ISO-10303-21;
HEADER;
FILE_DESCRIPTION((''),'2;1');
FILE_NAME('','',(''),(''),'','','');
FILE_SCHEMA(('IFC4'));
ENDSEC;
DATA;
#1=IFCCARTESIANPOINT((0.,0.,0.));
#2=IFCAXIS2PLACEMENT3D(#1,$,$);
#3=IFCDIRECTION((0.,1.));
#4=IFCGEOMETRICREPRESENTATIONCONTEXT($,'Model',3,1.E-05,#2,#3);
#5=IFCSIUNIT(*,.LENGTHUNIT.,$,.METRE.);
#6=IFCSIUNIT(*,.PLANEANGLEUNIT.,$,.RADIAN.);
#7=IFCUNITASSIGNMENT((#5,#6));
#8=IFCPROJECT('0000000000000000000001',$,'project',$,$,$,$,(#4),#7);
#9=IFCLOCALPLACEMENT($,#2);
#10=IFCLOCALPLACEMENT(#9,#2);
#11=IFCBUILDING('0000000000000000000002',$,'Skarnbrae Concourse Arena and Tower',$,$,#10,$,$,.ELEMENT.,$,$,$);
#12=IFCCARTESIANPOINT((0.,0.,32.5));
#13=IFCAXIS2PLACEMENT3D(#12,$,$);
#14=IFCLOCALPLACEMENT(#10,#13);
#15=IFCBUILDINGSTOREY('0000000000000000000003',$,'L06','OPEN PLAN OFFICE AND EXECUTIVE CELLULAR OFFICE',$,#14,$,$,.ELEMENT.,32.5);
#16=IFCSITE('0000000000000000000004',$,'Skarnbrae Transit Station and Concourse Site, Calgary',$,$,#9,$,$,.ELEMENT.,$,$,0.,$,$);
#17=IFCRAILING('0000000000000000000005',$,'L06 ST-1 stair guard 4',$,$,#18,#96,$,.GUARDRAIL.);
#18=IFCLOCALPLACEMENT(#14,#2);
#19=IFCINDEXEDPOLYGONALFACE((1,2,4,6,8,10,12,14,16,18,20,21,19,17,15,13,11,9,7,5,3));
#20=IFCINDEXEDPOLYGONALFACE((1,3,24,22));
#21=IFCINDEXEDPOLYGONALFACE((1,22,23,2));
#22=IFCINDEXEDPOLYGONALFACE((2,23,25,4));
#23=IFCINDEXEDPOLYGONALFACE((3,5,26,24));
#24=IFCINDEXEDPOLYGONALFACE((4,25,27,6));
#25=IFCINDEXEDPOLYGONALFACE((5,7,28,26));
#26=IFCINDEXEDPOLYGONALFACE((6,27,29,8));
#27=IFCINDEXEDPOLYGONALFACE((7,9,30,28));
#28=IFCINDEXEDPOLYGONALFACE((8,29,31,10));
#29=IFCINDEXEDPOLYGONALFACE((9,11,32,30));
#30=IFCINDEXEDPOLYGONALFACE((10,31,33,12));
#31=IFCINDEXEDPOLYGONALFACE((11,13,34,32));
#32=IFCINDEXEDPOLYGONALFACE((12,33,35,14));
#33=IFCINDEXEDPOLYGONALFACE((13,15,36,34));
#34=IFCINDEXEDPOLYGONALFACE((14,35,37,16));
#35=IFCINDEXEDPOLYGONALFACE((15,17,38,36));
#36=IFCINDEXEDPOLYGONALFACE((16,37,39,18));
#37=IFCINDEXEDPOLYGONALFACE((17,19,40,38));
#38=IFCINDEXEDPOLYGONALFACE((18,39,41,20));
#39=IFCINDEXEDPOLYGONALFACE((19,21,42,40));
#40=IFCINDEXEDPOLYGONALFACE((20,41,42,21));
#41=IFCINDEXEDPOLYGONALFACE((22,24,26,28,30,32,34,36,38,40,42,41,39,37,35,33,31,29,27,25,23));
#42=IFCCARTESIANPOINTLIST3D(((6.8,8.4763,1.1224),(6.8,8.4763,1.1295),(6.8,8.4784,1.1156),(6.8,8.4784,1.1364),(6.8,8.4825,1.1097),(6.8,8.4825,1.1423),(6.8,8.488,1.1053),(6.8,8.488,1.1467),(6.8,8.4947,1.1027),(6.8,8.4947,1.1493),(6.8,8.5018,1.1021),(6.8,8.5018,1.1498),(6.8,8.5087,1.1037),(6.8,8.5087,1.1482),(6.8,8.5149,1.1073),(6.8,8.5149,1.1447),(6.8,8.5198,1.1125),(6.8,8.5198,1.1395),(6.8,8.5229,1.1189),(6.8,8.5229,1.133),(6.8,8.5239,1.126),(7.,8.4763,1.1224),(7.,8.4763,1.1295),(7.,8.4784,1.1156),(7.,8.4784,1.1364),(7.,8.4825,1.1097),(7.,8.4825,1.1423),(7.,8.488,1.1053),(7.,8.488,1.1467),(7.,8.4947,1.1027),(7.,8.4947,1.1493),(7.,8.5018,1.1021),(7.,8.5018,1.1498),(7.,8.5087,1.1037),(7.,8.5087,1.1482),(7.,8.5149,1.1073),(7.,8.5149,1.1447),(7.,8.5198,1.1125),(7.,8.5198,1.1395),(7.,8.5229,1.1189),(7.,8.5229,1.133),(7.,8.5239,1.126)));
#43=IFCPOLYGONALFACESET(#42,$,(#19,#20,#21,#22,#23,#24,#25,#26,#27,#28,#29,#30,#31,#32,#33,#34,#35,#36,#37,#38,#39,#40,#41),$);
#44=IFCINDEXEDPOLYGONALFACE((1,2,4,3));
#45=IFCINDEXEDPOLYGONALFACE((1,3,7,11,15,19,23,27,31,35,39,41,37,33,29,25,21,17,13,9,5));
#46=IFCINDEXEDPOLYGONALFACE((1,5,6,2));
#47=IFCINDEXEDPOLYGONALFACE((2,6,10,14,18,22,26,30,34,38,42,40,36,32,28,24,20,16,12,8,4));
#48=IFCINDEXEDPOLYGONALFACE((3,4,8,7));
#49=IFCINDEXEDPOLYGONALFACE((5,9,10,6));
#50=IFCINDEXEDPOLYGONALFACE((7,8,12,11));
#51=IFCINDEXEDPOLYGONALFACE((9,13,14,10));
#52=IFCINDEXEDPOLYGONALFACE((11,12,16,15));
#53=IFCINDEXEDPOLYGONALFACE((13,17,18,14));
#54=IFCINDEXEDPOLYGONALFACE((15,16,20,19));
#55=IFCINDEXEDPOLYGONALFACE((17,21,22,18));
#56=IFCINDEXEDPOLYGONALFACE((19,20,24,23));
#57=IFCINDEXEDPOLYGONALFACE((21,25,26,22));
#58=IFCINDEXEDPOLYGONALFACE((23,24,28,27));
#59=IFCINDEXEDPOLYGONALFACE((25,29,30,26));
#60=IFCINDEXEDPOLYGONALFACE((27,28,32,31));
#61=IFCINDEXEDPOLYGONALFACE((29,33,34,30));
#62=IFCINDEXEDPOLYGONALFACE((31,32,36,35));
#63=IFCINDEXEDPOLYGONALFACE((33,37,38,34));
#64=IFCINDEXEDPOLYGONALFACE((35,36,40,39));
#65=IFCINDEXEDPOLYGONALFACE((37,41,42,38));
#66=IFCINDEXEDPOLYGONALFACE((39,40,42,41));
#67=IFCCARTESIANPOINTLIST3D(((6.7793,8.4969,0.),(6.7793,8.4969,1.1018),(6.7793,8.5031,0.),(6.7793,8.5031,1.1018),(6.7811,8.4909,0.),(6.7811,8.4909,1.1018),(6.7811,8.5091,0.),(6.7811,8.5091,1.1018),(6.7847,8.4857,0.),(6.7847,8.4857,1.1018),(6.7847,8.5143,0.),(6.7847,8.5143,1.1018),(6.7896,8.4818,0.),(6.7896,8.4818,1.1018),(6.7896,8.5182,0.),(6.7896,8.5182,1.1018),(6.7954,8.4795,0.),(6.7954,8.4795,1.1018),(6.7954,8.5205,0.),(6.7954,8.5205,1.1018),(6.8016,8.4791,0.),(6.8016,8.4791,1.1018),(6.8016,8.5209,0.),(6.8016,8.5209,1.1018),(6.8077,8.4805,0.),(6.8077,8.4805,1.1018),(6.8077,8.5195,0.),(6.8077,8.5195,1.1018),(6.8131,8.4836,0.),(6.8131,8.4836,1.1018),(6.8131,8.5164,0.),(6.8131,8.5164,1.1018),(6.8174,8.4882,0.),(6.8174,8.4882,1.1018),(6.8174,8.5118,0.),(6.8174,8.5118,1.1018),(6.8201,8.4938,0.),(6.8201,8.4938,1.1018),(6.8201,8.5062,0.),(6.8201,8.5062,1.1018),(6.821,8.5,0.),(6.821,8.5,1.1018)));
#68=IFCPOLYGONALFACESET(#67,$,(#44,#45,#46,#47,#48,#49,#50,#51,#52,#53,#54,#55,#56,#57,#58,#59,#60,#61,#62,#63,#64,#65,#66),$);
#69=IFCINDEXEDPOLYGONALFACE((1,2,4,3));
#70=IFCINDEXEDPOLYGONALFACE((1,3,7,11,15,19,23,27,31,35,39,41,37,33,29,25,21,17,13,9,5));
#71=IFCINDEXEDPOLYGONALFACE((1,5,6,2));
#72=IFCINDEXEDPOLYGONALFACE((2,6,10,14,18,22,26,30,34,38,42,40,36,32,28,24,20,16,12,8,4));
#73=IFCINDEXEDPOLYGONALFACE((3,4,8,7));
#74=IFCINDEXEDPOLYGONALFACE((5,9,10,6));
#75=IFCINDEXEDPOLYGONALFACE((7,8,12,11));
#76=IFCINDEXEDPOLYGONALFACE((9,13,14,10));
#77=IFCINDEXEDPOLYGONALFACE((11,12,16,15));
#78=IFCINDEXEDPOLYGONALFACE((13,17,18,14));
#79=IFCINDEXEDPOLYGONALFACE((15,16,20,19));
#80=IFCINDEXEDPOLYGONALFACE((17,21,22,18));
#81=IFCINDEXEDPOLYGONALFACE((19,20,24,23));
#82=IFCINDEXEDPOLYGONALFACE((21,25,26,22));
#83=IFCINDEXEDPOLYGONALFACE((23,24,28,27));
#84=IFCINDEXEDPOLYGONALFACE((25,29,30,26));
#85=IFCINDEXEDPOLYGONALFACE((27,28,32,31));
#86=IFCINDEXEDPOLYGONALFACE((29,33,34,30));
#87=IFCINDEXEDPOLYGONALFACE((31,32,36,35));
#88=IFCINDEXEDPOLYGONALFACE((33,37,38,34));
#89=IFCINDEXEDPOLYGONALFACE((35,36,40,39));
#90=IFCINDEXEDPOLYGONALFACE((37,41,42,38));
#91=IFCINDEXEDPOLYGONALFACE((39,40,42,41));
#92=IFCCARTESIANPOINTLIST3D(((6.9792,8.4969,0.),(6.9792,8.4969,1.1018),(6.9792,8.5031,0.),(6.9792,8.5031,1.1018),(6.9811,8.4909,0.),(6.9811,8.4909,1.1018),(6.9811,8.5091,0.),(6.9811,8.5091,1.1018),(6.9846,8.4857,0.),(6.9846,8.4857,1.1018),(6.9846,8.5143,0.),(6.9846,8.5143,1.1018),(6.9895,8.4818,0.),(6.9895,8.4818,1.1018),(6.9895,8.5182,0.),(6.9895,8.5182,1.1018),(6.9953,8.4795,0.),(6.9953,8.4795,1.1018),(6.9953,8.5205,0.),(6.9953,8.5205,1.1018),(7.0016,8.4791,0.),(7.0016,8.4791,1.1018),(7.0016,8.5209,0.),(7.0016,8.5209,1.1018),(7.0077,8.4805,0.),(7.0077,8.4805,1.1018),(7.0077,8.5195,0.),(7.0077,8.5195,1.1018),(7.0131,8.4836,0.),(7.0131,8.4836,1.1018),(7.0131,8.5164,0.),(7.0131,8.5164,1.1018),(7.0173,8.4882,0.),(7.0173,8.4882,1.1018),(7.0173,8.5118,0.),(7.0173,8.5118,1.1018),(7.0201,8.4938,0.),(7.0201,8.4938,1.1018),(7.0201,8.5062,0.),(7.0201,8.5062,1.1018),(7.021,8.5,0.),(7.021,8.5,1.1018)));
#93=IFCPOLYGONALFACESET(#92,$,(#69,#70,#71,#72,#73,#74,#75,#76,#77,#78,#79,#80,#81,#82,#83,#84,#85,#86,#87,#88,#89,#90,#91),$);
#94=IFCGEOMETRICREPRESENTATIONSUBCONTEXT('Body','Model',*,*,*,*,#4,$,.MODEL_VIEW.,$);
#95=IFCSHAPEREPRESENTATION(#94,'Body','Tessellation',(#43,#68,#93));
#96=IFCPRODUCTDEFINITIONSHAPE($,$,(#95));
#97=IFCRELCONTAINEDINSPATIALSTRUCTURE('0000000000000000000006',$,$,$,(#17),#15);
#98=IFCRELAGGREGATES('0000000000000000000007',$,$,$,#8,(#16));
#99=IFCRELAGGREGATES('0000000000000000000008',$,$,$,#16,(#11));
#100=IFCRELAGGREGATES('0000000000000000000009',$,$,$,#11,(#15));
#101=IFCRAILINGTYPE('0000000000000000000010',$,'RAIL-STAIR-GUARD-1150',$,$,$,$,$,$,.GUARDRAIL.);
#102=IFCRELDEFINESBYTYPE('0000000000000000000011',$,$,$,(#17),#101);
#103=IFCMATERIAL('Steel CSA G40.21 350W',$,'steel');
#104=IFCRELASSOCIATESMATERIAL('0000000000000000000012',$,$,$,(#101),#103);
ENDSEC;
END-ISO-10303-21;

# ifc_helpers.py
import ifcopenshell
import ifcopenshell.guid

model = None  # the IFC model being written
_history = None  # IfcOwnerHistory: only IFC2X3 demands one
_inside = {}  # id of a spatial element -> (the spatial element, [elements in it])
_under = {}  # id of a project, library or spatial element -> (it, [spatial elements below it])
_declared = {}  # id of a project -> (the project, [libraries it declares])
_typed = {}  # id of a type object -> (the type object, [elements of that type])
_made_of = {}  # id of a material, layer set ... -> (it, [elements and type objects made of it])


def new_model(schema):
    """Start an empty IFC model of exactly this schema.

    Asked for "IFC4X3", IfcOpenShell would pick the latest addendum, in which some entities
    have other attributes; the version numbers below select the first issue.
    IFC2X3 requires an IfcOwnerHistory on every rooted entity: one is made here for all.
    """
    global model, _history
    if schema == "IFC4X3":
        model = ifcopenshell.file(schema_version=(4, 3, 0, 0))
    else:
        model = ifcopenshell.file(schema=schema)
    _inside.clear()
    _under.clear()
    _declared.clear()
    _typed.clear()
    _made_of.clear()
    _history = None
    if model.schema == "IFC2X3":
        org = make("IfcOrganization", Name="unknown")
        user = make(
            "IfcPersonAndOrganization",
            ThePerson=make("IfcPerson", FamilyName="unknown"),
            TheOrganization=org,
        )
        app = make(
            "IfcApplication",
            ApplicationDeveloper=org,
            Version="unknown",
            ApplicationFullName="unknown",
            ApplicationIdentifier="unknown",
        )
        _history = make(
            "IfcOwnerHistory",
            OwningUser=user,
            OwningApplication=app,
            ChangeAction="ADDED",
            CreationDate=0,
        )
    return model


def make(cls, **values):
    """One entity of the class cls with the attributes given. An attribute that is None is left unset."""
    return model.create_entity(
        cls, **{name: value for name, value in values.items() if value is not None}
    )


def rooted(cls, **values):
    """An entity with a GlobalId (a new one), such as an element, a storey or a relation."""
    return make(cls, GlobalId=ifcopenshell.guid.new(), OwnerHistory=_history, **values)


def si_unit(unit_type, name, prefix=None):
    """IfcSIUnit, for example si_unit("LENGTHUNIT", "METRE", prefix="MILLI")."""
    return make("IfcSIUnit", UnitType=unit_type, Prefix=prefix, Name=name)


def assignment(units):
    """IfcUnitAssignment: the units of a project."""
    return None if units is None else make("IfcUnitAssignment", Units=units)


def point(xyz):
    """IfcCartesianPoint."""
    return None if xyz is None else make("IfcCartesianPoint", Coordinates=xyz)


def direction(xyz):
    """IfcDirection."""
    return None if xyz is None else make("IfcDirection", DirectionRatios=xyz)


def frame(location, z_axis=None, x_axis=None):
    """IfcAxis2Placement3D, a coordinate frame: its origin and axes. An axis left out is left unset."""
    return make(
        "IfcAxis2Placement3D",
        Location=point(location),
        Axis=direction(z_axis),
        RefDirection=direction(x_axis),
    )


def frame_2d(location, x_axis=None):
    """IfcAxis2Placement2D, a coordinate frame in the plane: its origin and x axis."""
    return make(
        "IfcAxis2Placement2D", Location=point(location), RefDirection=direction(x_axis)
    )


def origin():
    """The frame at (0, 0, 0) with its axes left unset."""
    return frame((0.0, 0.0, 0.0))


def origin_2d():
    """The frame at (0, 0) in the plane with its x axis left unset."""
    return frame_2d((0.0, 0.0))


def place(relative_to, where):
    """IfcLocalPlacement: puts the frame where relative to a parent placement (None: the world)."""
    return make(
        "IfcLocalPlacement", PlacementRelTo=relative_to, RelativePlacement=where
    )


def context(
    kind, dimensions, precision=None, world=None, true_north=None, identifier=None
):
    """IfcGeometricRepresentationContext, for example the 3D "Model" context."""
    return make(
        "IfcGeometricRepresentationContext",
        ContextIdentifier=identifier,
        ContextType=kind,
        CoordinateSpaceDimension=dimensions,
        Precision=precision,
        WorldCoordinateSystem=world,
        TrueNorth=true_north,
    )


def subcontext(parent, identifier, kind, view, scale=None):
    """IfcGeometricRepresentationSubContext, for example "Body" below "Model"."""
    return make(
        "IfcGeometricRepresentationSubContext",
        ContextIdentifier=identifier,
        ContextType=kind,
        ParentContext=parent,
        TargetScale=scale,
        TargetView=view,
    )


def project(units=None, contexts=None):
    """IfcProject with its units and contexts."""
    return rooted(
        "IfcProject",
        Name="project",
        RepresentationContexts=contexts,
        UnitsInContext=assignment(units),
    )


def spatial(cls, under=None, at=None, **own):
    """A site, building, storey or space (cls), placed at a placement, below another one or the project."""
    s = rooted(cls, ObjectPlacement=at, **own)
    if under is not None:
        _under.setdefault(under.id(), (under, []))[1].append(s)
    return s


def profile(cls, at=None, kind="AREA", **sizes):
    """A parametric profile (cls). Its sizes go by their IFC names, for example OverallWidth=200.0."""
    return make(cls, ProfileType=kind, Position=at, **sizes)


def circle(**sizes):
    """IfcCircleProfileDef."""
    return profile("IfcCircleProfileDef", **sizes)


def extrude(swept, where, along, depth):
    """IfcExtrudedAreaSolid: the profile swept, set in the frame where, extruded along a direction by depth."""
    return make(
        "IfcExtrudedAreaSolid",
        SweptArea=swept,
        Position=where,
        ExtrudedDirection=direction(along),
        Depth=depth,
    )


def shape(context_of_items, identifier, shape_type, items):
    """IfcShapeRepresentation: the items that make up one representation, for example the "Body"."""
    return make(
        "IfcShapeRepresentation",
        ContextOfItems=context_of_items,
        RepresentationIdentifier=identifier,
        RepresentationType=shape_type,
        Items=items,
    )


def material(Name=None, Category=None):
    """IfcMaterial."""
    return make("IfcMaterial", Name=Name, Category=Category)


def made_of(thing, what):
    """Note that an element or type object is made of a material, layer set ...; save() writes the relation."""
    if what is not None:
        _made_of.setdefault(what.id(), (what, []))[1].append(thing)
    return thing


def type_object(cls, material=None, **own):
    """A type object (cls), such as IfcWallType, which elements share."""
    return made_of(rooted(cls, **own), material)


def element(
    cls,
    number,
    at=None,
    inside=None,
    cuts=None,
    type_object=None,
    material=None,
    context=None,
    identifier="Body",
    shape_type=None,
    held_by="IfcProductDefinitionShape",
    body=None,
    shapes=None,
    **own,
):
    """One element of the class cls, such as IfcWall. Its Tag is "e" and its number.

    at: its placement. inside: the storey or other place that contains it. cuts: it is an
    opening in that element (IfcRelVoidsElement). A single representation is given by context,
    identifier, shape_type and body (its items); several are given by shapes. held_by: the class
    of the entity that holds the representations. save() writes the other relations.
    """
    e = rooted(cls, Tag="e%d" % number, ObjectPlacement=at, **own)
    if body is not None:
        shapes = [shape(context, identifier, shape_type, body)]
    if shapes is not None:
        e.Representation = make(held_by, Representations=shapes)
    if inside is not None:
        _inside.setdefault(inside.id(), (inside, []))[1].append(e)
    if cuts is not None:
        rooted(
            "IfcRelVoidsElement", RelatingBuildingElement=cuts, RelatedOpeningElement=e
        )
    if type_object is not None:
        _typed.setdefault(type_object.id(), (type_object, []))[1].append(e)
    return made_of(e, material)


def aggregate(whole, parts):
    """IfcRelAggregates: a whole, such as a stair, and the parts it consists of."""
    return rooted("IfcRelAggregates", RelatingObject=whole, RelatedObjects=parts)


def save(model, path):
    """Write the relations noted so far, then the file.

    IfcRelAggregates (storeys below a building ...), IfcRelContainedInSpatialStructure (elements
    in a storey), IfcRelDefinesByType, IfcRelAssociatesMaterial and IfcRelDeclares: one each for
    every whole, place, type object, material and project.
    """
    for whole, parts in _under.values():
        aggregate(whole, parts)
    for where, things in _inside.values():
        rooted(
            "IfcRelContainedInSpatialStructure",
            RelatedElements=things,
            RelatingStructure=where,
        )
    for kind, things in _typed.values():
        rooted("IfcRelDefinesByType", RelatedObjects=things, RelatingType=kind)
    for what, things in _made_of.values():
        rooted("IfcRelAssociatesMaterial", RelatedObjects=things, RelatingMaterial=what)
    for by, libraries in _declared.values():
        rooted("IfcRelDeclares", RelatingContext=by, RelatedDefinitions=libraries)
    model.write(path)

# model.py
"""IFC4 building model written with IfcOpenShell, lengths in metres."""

from ifc_helpers import new_model, si_unit, direction, frame, origin, origin_2d, place, context, subcontext, project, spatial, circle, extrude, material, type_object, element, save


model = new_model("IFC4")

# Units and contexts
model_context = context("Model", 3, precision=1e-05, world=origin(), true_north=direction((0.0, 1.0)))
body_context = subcontext(model_context, "Body", "Model", "MODEL_VIEW")
ifc_project = project(units=[si_unit("LENGTHUNIT", "METRE"), si_unit("PLANEANGLEUNIT", "RADIAN")], contexts=[model_context])

# Site, building, storey
site_placement = place(None, origin())
site = spatial("IfcSite", under=ifc_project, at=site_placement, Name="Skarnbrae Transit Station and Concourse Site, Calgary", CompositionType="ELEMENT", RefElevation=0.0)
building_placement = place(site_placement, origin())
building = spatial("IfcBuilding", under=site, at=building_placement, Name="Skarnbrae Concourse Arena and Tower", CompositionType="ELEMENT")
storey_placement = place(building_placement, frame((0.0, 0.0, 32.5)))
storey = spatial("IfcBuildingStorey", under=building, at=storey_placement, Name="L06", Description="OPEN PLAN OFFICE AND EXECUTIVE CELLULAR OFFICE", CompositionType="ELEMENT", Elevation=32.5)

# Shared definitions
ifc_material_1 = material(Name="Steel CSA G40.21 350W", Category="steel")

# Railing
railing_type_1 = type_object("IfcRailingType", Name="RAIL-STAIR-GUARD-1150", PredefinedType="GUARDRAIL", material=ifc_material_1)
railing_1_placement = place(storey_placement, frame((6.8, 8.5, 0.0)))
element("IfcRailing", 1, at=railing_1_placement, inside=storey, type_object=railing_type_1, Name="L06 ST-1 stair guard 4", PredefinedType="GUARDRAIL", context=body_context, shape_type="SweptSolid", body=[
    extrude(circle(Radius=0.0239, at=origin_2d()), frame((0.0, 0.0, 1.126), z_axis=(1.0, 0.0, 0.0), x_axis=(0.0, 1.0, 0.0)), (0.0, 0.0, 1.0), 0.2),
    extrude(circle(Radius=0.021, at=origin_2d()), origin(), (0.0, 0.0, 1.0), 1.1018),
    extrude(circle(Radius=0.021, at=origin_2d()), frame((0.2, 0.0, 0.0)), (0.0, 0.0, 1.0), 1.1018),
])

save(model, "model.ifc")
